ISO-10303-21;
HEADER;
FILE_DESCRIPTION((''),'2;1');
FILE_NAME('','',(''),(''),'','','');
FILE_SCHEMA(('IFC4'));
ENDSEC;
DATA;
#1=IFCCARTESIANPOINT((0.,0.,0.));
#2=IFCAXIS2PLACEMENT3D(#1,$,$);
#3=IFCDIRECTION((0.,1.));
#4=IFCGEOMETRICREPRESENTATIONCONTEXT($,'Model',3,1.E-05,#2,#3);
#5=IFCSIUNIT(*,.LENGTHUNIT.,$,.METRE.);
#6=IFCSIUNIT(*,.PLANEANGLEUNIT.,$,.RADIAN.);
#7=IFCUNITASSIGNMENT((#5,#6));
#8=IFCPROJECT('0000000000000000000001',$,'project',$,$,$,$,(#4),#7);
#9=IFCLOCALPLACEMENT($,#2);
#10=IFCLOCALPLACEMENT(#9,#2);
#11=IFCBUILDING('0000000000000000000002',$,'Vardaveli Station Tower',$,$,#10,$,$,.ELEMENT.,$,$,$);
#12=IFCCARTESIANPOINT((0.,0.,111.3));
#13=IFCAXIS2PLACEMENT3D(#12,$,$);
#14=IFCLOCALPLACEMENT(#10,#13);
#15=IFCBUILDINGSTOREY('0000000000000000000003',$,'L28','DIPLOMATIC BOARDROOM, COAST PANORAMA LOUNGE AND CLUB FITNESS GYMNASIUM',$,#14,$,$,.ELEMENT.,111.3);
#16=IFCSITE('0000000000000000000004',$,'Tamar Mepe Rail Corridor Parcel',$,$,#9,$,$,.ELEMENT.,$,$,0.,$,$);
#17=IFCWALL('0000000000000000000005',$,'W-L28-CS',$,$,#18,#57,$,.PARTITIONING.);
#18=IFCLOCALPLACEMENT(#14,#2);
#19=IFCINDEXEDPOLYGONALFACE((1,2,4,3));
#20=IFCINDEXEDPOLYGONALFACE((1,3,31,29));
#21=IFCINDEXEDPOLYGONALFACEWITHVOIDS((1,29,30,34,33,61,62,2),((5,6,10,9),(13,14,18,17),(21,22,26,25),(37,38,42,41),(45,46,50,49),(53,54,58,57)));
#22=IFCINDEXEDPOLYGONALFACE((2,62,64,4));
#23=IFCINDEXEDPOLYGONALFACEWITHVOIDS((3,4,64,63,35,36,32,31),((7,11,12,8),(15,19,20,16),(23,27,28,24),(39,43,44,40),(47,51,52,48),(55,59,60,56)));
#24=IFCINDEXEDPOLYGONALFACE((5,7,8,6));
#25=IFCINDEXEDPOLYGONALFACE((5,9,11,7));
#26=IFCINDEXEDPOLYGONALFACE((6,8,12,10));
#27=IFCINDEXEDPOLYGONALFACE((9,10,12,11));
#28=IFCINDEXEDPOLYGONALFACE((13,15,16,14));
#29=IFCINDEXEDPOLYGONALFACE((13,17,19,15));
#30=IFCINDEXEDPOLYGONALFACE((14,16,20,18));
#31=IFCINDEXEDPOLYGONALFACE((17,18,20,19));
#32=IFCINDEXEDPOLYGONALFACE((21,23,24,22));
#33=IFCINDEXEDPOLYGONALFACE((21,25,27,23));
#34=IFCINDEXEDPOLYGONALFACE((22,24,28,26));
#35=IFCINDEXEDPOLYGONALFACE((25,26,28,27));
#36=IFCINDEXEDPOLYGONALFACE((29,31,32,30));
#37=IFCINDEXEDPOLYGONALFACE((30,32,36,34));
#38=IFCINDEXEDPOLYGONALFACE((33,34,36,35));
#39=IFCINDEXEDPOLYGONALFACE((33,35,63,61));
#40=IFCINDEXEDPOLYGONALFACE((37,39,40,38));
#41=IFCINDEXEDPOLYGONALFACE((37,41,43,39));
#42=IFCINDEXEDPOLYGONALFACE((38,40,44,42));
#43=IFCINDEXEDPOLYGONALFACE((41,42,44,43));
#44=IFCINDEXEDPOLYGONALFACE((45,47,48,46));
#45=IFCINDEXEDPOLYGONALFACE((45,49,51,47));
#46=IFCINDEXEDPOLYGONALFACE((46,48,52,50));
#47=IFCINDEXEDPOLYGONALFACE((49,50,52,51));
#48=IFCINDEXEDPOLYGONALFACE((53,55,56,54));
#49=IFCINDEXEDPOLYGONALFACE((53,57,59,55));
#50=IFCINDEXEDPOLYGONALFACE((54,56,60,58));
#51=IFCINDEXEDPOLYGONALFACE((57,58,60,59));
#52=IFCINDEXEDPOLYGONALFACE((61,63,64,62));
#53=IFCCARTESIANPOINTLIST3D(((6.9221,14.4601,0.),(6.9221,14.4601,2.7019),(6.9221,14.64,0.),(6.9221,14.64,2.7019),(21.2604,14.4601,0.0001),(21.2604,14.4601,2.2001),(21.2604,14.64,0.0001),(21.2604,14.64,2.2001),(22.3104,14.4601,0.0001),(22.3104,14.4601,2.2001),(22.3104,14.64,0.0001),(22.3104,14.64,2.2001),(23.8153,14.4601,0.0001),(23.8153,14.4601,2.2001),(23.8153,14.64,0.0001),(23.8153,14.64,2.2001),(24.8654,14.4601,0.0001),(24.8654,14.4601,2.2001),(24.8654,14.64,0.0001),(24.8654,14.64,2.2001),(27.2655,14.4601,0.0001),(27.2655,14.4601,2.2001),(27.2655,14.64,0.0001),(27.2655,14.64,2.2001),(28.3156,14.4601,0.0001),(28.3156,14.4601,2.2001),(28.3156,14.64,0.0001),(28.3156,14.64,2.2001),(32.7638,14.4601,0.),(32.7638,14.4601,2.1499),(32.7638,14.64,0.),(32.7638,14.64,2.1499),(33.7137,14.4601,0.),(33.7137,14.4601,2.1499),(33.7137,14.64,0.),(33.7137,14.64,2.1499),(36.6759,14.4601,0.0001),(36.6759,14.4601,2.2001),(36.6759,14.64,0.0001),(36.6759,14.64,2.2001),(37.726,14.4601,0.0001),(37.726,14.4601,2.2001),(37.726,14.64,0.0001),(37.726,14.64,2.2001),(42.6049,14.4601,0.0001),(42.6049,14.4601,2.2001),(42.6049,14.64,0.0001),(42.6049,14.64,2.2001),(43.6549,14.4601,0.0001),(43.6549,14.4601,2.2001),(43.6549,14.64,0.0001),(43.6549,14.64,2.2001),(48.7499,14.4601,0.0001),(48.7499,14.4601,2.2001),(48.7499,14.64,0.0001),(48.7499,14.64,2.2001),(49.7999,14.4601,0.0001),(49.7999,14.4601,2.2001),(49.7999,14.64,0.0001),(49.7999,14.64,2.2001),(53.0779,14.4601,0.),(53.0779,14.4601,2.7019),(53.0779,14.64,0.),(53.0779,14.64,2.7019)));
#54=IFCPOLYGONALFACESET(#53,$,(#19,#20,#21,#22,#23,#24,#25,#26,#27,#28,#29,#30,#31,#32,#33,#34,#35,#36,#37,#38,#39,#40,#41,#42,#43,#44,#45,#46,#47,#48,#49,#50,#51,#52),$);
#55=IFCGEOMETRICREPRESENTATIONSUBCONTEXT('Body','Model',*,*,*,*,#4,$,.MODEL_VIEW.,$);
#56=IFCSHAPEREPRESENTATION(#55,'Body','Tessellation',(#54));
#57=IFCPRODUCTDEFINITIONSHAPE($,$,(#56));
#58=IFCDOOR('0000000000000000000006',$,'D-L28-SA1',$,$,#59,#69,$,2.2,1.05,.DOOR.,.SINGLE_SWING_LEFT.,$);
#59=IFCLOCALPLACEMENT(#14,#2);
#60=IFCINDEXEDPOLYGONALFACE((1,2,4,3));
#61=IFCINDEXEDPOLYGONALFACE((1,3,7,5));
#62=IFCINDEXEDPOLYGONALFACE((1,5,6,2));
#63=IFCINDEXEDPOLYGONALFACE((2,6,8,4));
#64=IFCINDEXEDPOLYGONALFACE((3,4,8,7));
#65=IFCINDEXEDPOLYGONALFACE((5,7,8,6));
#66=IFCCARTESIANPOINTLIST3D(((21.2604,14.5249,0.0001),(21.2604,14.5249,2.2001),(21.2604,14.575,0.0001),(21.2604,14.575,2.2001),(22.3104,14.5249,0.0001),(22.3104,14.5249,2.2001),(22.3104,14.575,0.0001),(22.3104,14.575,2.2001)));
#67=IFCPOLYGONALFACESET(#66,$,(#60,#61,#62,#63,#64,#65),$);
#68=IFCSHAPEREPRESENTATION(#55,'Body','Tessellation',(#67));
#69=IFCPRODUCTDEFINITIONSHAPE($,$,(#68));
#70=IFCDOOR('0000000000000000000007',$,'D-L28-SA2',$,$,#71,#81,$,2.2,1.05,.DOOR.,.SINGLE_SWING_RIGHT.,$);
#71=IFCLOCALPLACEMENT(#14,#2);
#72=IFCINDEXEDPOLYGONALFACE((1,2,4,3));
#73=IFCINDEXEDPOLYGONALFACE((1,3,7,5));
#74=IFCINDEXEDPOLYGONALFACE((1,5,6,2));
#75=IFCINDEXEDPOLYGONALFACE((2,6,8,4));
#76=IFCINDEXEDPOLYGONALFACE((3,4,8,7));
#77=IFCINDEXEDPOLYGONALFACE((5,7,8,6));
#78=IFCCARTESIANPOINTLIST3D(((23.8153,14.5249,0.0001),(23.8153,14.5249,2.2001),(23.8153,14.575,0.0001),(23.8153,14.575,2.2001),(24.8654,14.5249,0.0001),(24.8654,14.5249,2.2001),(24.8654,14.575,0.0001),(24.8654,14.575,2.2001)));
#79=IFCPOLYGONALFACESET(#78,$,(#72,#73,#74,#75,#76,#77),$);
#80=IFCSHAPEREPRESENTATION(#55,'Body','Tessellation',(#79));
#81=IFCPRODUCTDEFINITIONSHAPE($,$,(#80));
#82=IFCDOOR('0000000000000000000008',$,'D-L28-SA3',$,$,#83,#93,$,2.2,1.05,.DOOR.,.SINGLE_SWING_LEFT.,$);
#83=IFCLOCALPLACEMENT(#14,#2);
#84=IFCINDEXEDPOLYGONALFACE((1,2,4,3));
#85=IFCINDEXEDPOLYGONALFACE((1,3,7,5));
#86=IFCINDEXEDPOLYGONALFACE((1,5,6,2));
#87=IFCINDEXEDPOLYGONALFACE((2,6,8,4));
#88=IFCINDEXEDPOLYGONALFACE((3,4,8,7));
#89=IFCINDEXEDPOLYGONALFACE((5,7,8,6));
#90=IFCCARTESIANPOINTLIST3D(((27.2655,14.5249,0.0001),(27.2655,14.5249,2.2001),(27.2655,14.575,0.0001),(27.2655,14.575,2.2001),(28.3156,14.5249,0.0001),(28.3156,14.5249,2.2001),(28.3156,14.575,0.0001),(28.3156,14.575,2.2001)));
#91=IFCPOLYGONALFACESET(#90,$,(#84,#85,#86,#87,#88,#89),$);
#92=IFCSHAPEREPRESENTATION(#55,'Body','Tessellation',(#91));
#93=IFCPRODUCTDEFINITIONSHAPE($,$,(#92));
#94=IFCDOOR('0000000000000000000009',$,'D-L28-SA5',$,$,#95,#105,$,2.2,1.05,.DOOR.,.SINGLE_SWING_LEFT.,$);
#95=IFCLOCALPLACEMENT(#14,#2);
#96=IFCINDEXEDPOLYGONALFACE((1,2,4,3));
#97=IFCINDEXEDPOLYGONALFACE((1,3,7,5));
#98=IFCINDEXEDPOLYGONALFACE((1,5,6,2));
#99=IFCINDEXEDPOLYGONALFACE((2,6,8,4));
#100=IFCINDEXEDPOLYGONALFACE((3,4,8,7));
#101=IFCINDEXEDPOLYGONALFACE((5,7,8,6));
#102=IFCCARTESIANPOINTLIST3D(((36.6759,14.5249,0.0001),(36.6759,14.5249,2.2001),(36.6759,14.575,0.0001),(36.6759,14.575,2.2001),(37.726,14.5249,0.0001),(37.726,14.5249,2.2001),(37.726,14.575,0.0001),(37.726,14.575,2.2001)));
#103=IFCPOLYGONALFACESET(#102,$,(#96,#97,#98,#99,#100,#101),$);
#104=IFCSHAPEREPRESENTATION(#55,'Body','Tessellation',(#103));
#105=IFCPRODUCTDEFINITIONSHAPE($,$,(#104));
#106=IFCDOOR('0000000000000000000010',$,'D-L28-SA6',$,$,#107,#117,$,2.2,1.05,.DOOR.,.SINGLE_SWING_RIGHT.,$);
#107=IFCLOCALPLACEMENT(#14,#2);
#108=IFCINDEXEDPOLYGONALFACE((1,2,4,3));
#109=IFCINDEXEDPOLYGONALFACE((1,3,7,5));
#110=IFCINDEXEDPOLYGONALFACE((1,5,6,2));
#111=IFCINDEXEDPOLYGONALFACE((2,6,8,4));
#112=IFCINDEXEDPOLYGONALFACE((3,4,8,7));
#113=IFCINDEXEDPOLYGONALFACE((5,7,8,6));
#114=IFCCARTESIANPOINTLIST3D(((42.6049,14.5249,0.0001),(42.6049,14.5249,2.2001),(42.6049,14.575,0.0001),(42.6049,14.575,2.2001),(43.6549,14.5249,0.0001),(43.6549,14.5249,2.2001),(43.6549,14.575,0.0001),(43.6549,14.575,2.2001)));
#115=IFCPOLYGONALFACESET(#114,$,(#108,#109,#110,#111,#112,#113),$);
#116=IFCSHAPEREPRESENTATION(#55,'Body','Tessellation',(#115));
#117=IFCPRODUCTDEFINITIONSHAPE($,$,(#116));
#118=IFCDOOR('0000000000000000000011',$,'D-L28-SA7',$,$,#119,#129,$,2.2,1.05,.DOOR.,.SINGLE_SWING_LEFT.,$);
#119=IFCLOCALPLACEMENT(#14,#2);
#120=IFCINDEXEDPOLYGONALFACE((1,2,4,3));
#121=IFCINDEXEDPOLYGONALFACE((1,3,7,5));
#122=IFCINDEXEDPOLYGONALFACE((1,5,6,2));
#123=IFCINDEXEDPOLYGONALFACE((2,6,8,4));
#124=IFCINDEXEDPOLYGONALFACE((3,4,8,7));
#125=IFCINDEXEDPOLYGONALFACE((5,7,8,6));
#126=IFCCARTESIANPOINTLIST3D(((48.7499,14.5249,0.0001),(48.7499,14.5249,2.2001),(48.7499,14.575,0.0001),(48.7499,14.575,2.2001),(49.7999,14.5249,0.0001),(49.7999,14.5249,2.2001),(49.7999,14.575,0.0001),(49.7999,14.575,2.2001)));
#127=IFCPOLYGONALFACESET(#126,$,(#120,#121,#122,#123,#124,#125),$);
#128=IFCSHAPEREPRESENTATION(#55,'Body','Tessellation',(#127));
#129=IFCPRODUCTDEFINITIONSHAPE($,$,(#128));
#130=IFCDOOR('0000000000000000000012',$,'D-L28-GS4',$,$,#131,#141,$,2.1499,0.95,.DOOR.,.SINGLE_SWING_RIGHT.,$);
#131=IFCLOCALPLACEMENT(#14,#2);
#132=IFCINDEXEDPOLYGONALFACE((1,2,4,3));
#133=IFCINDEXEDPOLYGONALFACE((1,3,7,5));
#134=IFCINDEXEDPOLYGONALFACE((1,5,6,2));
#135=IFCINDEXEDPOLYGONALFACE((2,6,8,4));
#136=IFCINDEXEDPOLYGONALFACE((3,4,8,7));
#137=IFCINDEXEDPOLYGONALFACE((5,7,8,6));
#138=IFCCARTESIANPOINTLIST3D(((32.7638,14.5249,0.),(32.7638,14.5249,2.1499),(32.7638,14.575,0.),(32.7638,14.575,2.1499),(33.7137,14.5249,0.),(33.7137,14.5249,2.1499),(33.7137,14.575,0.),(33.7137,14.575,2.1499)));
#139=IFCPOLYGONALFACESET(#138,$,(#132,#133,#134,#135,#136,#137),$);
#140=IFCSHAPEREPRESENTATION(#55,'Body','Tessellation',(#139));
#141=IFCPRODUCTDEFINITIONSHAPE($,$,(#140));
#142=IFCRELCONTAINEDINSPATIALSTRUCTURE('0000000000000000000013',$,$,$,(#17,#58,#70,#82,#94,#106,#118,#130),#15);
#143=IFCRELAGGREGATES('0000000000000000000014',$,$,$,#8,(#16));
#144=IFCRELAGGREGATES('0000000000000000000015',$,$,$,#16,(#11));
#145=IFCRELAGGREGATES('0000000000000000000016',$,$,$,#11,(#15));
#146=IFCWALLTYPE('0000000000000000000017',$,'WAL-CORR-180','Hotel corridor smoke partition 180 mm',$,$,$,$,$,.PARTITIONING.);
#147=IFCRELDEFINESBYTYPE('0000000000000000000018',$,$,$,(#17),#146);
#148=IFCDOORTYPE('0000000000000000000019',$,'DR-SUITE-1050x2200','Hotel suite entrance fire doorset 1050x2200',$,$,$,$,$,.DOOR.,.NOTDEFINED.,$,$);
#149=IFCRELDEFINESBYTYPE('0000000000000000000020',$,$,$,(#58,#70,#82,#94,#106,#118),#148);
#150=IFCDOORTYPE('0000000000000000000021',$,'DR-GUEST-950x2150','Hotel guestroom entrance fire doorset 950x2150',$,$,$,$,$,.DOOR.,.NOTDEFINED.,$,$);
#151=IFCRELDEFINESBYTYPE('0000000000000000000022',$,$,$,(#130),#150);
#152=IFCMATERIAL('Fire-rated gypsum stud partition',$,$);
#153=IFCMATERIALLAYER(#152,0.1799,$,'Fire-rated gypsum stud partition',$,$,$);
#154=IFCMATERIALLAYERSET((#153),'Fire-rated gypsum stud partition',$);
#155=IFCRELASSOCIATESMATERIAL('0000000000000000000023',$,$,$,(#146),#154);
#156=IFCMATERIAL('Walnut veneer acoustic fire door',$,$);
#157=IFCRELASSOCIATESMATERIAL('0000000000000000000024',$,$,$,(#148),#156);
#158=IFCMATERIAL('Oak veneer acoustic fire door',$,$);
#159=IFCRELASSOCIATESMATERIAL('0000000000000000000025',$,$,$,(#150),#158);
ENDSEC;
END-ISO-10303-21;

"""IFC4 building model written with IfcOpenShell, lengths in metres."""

from ifc_helpers import new_model, si_unit, direction, frame, frame_2d, origin, place, context, subcontext, project, spatial, rectangle, extrude, source, transform, mapped, material, layer, layer_set, type_object, element, fill, save


model = new_model("IFC4")

# Units and contexts
model_context = context("Model", 3, precision=1e-05, world=origin(), true_north=direction((0.0, 1.0)))
body_context = subcontext(model_context, "Body", "Model", "MODEL_VIEW")
ifc_project = project(units=[si_unit("LENGTHUNIT", "METRE"), si_unit("PLANEANGLEUNIT", "RADIAN")], contexts=[model_context])

# Site, building, storey
site_placement = place(None, origin())
site = spatial("IfcSite", under=ifc_project, at=site_placement, Name="Tamar Mepe Rail Corridor Parcel", CompositionType="ELEMENT", RefElevation=0.0)
building_placement = place(site_placement, origin())
building = spatial("IfcBuilding", under=site, at=building_placement, Name="Vardaveli Station Tower", CompositionType="ELEMENT")
storey_placement = place(building_placement, frame((0.0, 0.0, 111.3)))
storey = spatial("IfcBuildingStorey", under=building, at=storey_placement, Name="L28", Description="DIPLOMATIC BOARDROOM, COAST PANORAMA LOUNGE AND CLUB FITNESS GYMNASIUM", CompositionType="ELEMENT", Elevation=111.3)

# Wall, openings, doors
ifc_material_1 = material(Name="Fire-rated gypsum stud partition")
ifc_layer_1 = layer(ifc_material_1, 0.1799, Name="Fire-rated gypsum stud partition")
ifc_layer_set_1 = layer_set([ifc_layer_1], Name="Fire-rated gypsum stud partition")
wall_type_1 = type_object("IfcWallType", Name="WAL-CORR-180", Description="Hotel corridor smoke partition 180 mm", PredefinedType="PARTITIONING", material=ifc_layer_set_1)
shared_shape_1 = source(origin(), body_context, "Body", "SweptSolid", [
    extrude(rectangle(XDim=46.1558, YDim=0.1799, at=frame_2d((23.0779, 0.0))), origin(), (0.0, 0.0, 1.0), 2.7019),
])
wall_1_placement = place(storey_placement, frame((6.9221, 14.55, 0.0), z_axis=(0.0, 0.0, 1.0), x_axis=(1.0, 0.0, 0.0)))
wall_1 = element("IfcWall", 1, at=wall_1_placement, inside=storey, type_object=wall_type_1, Name="W-L28-CS", PredefinedType="PARTITIONING", context=body_context, shape_type="MappedRepresentation", body=[
    mapped(shared_shape_1, transform((0.0, 0.0, 0.0), scale=1.0)),
])
shared_shape_2 = source(origin(), body_context, "Body", "SweptSolid", [
    extrude(rectangle(XDim=1.05, YDim=2.2, at=frame_2d((0.5249, 1.1001))), frame((0.0, 0.1001, 0.0), z_axis=(0.0, -1.0, 0.0), x_axis=(1.0, 0.0, 0.0)), (0.0, 0.0, 1.0), 0.2),
])
opening_1_placement = place(wall_1_placement, frame((14.3384, 0.0, 0.0)))
opening_1 = element("IfcOpeningElement", 2, at=opening_1_placement, cuts=wall_1, PredefinedType="OPENING", context=body_context, shape_type="MappedRepresentation", body=[
    mapped(shared_shape_2, transform((0.0, 0.0, 0.0), scale=1.0)),
])
opening_2_placement = place(wall_1_placement, frame((16.8933, 0.0, 0.0)))
opening_2 = element("IfcOpeningElement", 3, at=opening_2_placement, cuts=wall_1, PredefinedType="OPENING", context=body_context, shape_type="MappedRepresentation", body=[
    mapped(shared_shape_2, transform((0.0, 0.0, 0.0), scale=1.0)),
])
opening_3_placement = place(wall_1_placement, frame((20.3435, 0.0, 0.0)))
opening_3 = element("IfcOpeningElement", 4, at=opening_3_placement, cuts=wall_1, PredefinedType="OPENING", context=body_context, shape_type="MappedRepresentation", body=[
    mapped(shared_shape_2, transform((0.0, 0.0, 0.0), scale=1.0)),
])
shared_shape_3 = source(origin(), body_context, "Body", "SweptSolid", [
    extrude(rectangle(XDim=0.95, YDim=2.1499, at=frame_2d((0.4751, 1.075))), frame((0.0, 0.1001, 0.0), z_axis=(0.0, -1.0, 0.0), x_axis=(1.0, 0.0, 0.0)), (0.0, 0.0, 1.0), 0.2),
])
opening_4_placement = place(wall_1_placement, frame((25.8416, 0.0, 0.0)))
opening_4 = element("IfcOpeningElement", 5, at=opening_4_placement, cuts=wall_1, PredefinedType="OPENING", context=body_context, shape_type="MappedRepresentation", body=[
    mapped(shared_shape_3, transform((0.0, 0.0, 0.0), scale=1.0)),
])
opening_5_placement = place(wall_1_placement, frame((29.7539, 0.0, 0.0)))
opening_5 = element("IfcOpeningElement", 6, at=opening_5_placement, cuts=wall_1, PredefinedType="OPENING", context=body_context, shape_type="MappedRepresentation", body=[
    mapped(shared_shape_2, transform((0.0, 0.0, 0.0), scale=1.0)),
])
opening_6_placement = place(wall_1_placement, frame((35.6829, 0.0, 0.0)))
opening_6 = element("IfcOpeningElement", 7, at=opening_6_placement, cuts=wall_1, PredefinedType="OPENING", context=body_context, shape_type="MappedRepresentation", body=[
    mapped(shared_shape_2, transform((0.0, 0.0, 0.0), scale=1.0)),
])
opening_7_placement = place(wall_1_placement, frame((41.8279, 0.0, 0.0)))
opening_7 = element("IfcOpeningElement", 8, at=opening_7_placement, cuts=wall_1, PredefinedType="OPENING", context=body_context, shape_type="MappedRepresentation", body=[
    mapped(shared_shape_2, transform((0.0, 0.0, 0.0), scale=1.0)),
])
ifc_material_2 = material(Name="Walnut veneer acoustic fire door")
door_type_1 = type_object("IfcDoorType", Name="DR-SUITE-1050x2200", Description="Hotel suite entrance fire doorset 1050x2200", OperationType="NOTDEFINED", PredefinedType="DOOR", material=ifc_material_2)
shared_shape_4 = source(origin(), body_context, "Body", "SweptSolid", [
    extrude(rectangle(XDim=1.05, YDim=2.2, at=frame_2d((0.5249, 1.1001))), frame((0.0, 0.0249, 0.0), z_axis=(0.0, -1.0, 0.0), x_axis=(1.0, 0.0, 0.0)), (0.0, 0.0, 1.0), 0.05),
])
door_1_placement = place(opening_1_placement, origin())
door_1 = element("IfcDoor", 9, at=door_1_placement, inside=storey, type_object=door_type_1, Name="D-L28-SA1", OperationType="SINGLE_SWING_LEFT", OverallHeight=2.2, OverallWidth=1.05, PredefinedType="DOOR", context=body_context, shape_type="MappedRepresentation", body=[
    mapped(shared_shape_4, transform((0.0, 0.0, 0.0), scale=1.0)),
])
fill(opening_1, door_1)
door_2_placement = place(opening_2_placement, origin())
door_2 = element("IfcDoor", 10, at=door_2_placement, inside=storey, type_object=door_type_1, Name="D-L28-SA2", OperationType="SINGLE_SWING_RIGHT", OverallHeight=2.2, OverallWidth=1.05, PredefinedType="DOOR", context=body_context, shape_type="MappedRepresentation", body=[
    mapped(shared_shape_4, transform((0.0, 0.0, 0.0), scale=1.0)),
])
fill(opening_2, door_2)
door_3_placement = place(opening_3_placement, origin())
door_3 = element("IfcDoor", 11, at=door_3_placement, inside=storey, type_object=door_type_1, Name="D-L28-SA3", OperationType="SINGLE_SWING_LEFT", OverallHeight=2.2, OverallWidth=1.05, PredefinedType="DOOR", context=body_context, shape_type="MappedRepresentation", body=[
    mapped(shared_shape_4, transform((0.0, 0.0, 0.0), scale=1.0)),
])
fill(opening_3, door_3)
door_4_placement = place(opening_5_placement, origin())
door_4 = element("IfcDoor", 12, at=door_4_placement, inside=storey, type_object=door_type_1, Name="D-L28-SA5", OperationType="SINGLE_SWING_LEFT", OverallHeight=2.2, OverallWidth=1.05, PredefinedType="DOOR", context=body_context, shape_type="MappedRepresentation", body=[
    mapped(shared_shape_4, transform((0.0, 0.0, 0.0), scale=1.0)),
])
fill(opening_5, door_4)
door_5_placement = place(opening_6_placement, origin())
door_5 = element("IfcDoor", 13, at=door_5_placement, inside=storey, type_object=door_type_1, Name="D-L28-SA6", OperationType="SINGLE_SWING_RIGHT", OverallHeight=2.2, OverallWidth=1.05, PredefinedType="DOOR", context=body_context, shape_type="MappedRepresentation", body=[
    mapped(shared_shape_4, transform((0.0, 0.0, 0.0), scale=1.0)),
])
fill(opening_6, door_5)
door_6_placement = place(opening_7_placement, origin())
door_6 = element("IfcDoor", 14, at=door_6_placement, inside=storey, type_object=door_type_1, Name="D-L28-SA7", OperationType="SINGLE_SWING_LEFT", OverallHeight=2.2, OverallWidth=1.05, PredefinedType="DOOR", context=body_context, shape_type="MappedRepresentation", body=[
    mapped(shared_shape_4, transform((0.0, 0.0, 0.0), scale=1.0)),
])
fill(opening_7, door_6)
ifc_material_3 = material(Name="Oak veneer acoustic fire door")
door_type_2 = type_object("IfcDoorType", Name="DR-GUEST-950x2150", Description="Hotel guestroom entrance fire doorset 950x2150", OperationType="NOTDEFINED", PredefinedType="DOOR", material=ifc_material_3)
shared_shape_5 = source(origin(), body_context, "Body", "SweptSolid", [
    extrude(rectangle(XDim=0.95, YDim=2.1499, at=frame_2d((0.4751, 1.075))), frame((0.0, 0.0249, 0.0), z_axis=(0.0, -1.0, 0.0), x_axis=(1.0, 0.0, 0.0)), (0.0, 0.0, 1.0), 0.05),
])
door_7_placement = place(opening_4_placement, origin())
door_7 = element("IfcDoor", 15, at=door_7_placement, inside=storey, type_object=door_type_2, Name="D-L28-GS4", OperationType="SINGLE_SWING_RIGHT", OverallHeight=2.1499, OverallWidth=0.95, PredefinedType="DOOR", context=body_context, shape_type="MappedRepresentation", body=[
    mapped(shared_shape_5, transform((0.0, 0.0, 0.0), scale=1.0)),
])
fill(opening_4, door_7)

save(model, "model.ifc")
